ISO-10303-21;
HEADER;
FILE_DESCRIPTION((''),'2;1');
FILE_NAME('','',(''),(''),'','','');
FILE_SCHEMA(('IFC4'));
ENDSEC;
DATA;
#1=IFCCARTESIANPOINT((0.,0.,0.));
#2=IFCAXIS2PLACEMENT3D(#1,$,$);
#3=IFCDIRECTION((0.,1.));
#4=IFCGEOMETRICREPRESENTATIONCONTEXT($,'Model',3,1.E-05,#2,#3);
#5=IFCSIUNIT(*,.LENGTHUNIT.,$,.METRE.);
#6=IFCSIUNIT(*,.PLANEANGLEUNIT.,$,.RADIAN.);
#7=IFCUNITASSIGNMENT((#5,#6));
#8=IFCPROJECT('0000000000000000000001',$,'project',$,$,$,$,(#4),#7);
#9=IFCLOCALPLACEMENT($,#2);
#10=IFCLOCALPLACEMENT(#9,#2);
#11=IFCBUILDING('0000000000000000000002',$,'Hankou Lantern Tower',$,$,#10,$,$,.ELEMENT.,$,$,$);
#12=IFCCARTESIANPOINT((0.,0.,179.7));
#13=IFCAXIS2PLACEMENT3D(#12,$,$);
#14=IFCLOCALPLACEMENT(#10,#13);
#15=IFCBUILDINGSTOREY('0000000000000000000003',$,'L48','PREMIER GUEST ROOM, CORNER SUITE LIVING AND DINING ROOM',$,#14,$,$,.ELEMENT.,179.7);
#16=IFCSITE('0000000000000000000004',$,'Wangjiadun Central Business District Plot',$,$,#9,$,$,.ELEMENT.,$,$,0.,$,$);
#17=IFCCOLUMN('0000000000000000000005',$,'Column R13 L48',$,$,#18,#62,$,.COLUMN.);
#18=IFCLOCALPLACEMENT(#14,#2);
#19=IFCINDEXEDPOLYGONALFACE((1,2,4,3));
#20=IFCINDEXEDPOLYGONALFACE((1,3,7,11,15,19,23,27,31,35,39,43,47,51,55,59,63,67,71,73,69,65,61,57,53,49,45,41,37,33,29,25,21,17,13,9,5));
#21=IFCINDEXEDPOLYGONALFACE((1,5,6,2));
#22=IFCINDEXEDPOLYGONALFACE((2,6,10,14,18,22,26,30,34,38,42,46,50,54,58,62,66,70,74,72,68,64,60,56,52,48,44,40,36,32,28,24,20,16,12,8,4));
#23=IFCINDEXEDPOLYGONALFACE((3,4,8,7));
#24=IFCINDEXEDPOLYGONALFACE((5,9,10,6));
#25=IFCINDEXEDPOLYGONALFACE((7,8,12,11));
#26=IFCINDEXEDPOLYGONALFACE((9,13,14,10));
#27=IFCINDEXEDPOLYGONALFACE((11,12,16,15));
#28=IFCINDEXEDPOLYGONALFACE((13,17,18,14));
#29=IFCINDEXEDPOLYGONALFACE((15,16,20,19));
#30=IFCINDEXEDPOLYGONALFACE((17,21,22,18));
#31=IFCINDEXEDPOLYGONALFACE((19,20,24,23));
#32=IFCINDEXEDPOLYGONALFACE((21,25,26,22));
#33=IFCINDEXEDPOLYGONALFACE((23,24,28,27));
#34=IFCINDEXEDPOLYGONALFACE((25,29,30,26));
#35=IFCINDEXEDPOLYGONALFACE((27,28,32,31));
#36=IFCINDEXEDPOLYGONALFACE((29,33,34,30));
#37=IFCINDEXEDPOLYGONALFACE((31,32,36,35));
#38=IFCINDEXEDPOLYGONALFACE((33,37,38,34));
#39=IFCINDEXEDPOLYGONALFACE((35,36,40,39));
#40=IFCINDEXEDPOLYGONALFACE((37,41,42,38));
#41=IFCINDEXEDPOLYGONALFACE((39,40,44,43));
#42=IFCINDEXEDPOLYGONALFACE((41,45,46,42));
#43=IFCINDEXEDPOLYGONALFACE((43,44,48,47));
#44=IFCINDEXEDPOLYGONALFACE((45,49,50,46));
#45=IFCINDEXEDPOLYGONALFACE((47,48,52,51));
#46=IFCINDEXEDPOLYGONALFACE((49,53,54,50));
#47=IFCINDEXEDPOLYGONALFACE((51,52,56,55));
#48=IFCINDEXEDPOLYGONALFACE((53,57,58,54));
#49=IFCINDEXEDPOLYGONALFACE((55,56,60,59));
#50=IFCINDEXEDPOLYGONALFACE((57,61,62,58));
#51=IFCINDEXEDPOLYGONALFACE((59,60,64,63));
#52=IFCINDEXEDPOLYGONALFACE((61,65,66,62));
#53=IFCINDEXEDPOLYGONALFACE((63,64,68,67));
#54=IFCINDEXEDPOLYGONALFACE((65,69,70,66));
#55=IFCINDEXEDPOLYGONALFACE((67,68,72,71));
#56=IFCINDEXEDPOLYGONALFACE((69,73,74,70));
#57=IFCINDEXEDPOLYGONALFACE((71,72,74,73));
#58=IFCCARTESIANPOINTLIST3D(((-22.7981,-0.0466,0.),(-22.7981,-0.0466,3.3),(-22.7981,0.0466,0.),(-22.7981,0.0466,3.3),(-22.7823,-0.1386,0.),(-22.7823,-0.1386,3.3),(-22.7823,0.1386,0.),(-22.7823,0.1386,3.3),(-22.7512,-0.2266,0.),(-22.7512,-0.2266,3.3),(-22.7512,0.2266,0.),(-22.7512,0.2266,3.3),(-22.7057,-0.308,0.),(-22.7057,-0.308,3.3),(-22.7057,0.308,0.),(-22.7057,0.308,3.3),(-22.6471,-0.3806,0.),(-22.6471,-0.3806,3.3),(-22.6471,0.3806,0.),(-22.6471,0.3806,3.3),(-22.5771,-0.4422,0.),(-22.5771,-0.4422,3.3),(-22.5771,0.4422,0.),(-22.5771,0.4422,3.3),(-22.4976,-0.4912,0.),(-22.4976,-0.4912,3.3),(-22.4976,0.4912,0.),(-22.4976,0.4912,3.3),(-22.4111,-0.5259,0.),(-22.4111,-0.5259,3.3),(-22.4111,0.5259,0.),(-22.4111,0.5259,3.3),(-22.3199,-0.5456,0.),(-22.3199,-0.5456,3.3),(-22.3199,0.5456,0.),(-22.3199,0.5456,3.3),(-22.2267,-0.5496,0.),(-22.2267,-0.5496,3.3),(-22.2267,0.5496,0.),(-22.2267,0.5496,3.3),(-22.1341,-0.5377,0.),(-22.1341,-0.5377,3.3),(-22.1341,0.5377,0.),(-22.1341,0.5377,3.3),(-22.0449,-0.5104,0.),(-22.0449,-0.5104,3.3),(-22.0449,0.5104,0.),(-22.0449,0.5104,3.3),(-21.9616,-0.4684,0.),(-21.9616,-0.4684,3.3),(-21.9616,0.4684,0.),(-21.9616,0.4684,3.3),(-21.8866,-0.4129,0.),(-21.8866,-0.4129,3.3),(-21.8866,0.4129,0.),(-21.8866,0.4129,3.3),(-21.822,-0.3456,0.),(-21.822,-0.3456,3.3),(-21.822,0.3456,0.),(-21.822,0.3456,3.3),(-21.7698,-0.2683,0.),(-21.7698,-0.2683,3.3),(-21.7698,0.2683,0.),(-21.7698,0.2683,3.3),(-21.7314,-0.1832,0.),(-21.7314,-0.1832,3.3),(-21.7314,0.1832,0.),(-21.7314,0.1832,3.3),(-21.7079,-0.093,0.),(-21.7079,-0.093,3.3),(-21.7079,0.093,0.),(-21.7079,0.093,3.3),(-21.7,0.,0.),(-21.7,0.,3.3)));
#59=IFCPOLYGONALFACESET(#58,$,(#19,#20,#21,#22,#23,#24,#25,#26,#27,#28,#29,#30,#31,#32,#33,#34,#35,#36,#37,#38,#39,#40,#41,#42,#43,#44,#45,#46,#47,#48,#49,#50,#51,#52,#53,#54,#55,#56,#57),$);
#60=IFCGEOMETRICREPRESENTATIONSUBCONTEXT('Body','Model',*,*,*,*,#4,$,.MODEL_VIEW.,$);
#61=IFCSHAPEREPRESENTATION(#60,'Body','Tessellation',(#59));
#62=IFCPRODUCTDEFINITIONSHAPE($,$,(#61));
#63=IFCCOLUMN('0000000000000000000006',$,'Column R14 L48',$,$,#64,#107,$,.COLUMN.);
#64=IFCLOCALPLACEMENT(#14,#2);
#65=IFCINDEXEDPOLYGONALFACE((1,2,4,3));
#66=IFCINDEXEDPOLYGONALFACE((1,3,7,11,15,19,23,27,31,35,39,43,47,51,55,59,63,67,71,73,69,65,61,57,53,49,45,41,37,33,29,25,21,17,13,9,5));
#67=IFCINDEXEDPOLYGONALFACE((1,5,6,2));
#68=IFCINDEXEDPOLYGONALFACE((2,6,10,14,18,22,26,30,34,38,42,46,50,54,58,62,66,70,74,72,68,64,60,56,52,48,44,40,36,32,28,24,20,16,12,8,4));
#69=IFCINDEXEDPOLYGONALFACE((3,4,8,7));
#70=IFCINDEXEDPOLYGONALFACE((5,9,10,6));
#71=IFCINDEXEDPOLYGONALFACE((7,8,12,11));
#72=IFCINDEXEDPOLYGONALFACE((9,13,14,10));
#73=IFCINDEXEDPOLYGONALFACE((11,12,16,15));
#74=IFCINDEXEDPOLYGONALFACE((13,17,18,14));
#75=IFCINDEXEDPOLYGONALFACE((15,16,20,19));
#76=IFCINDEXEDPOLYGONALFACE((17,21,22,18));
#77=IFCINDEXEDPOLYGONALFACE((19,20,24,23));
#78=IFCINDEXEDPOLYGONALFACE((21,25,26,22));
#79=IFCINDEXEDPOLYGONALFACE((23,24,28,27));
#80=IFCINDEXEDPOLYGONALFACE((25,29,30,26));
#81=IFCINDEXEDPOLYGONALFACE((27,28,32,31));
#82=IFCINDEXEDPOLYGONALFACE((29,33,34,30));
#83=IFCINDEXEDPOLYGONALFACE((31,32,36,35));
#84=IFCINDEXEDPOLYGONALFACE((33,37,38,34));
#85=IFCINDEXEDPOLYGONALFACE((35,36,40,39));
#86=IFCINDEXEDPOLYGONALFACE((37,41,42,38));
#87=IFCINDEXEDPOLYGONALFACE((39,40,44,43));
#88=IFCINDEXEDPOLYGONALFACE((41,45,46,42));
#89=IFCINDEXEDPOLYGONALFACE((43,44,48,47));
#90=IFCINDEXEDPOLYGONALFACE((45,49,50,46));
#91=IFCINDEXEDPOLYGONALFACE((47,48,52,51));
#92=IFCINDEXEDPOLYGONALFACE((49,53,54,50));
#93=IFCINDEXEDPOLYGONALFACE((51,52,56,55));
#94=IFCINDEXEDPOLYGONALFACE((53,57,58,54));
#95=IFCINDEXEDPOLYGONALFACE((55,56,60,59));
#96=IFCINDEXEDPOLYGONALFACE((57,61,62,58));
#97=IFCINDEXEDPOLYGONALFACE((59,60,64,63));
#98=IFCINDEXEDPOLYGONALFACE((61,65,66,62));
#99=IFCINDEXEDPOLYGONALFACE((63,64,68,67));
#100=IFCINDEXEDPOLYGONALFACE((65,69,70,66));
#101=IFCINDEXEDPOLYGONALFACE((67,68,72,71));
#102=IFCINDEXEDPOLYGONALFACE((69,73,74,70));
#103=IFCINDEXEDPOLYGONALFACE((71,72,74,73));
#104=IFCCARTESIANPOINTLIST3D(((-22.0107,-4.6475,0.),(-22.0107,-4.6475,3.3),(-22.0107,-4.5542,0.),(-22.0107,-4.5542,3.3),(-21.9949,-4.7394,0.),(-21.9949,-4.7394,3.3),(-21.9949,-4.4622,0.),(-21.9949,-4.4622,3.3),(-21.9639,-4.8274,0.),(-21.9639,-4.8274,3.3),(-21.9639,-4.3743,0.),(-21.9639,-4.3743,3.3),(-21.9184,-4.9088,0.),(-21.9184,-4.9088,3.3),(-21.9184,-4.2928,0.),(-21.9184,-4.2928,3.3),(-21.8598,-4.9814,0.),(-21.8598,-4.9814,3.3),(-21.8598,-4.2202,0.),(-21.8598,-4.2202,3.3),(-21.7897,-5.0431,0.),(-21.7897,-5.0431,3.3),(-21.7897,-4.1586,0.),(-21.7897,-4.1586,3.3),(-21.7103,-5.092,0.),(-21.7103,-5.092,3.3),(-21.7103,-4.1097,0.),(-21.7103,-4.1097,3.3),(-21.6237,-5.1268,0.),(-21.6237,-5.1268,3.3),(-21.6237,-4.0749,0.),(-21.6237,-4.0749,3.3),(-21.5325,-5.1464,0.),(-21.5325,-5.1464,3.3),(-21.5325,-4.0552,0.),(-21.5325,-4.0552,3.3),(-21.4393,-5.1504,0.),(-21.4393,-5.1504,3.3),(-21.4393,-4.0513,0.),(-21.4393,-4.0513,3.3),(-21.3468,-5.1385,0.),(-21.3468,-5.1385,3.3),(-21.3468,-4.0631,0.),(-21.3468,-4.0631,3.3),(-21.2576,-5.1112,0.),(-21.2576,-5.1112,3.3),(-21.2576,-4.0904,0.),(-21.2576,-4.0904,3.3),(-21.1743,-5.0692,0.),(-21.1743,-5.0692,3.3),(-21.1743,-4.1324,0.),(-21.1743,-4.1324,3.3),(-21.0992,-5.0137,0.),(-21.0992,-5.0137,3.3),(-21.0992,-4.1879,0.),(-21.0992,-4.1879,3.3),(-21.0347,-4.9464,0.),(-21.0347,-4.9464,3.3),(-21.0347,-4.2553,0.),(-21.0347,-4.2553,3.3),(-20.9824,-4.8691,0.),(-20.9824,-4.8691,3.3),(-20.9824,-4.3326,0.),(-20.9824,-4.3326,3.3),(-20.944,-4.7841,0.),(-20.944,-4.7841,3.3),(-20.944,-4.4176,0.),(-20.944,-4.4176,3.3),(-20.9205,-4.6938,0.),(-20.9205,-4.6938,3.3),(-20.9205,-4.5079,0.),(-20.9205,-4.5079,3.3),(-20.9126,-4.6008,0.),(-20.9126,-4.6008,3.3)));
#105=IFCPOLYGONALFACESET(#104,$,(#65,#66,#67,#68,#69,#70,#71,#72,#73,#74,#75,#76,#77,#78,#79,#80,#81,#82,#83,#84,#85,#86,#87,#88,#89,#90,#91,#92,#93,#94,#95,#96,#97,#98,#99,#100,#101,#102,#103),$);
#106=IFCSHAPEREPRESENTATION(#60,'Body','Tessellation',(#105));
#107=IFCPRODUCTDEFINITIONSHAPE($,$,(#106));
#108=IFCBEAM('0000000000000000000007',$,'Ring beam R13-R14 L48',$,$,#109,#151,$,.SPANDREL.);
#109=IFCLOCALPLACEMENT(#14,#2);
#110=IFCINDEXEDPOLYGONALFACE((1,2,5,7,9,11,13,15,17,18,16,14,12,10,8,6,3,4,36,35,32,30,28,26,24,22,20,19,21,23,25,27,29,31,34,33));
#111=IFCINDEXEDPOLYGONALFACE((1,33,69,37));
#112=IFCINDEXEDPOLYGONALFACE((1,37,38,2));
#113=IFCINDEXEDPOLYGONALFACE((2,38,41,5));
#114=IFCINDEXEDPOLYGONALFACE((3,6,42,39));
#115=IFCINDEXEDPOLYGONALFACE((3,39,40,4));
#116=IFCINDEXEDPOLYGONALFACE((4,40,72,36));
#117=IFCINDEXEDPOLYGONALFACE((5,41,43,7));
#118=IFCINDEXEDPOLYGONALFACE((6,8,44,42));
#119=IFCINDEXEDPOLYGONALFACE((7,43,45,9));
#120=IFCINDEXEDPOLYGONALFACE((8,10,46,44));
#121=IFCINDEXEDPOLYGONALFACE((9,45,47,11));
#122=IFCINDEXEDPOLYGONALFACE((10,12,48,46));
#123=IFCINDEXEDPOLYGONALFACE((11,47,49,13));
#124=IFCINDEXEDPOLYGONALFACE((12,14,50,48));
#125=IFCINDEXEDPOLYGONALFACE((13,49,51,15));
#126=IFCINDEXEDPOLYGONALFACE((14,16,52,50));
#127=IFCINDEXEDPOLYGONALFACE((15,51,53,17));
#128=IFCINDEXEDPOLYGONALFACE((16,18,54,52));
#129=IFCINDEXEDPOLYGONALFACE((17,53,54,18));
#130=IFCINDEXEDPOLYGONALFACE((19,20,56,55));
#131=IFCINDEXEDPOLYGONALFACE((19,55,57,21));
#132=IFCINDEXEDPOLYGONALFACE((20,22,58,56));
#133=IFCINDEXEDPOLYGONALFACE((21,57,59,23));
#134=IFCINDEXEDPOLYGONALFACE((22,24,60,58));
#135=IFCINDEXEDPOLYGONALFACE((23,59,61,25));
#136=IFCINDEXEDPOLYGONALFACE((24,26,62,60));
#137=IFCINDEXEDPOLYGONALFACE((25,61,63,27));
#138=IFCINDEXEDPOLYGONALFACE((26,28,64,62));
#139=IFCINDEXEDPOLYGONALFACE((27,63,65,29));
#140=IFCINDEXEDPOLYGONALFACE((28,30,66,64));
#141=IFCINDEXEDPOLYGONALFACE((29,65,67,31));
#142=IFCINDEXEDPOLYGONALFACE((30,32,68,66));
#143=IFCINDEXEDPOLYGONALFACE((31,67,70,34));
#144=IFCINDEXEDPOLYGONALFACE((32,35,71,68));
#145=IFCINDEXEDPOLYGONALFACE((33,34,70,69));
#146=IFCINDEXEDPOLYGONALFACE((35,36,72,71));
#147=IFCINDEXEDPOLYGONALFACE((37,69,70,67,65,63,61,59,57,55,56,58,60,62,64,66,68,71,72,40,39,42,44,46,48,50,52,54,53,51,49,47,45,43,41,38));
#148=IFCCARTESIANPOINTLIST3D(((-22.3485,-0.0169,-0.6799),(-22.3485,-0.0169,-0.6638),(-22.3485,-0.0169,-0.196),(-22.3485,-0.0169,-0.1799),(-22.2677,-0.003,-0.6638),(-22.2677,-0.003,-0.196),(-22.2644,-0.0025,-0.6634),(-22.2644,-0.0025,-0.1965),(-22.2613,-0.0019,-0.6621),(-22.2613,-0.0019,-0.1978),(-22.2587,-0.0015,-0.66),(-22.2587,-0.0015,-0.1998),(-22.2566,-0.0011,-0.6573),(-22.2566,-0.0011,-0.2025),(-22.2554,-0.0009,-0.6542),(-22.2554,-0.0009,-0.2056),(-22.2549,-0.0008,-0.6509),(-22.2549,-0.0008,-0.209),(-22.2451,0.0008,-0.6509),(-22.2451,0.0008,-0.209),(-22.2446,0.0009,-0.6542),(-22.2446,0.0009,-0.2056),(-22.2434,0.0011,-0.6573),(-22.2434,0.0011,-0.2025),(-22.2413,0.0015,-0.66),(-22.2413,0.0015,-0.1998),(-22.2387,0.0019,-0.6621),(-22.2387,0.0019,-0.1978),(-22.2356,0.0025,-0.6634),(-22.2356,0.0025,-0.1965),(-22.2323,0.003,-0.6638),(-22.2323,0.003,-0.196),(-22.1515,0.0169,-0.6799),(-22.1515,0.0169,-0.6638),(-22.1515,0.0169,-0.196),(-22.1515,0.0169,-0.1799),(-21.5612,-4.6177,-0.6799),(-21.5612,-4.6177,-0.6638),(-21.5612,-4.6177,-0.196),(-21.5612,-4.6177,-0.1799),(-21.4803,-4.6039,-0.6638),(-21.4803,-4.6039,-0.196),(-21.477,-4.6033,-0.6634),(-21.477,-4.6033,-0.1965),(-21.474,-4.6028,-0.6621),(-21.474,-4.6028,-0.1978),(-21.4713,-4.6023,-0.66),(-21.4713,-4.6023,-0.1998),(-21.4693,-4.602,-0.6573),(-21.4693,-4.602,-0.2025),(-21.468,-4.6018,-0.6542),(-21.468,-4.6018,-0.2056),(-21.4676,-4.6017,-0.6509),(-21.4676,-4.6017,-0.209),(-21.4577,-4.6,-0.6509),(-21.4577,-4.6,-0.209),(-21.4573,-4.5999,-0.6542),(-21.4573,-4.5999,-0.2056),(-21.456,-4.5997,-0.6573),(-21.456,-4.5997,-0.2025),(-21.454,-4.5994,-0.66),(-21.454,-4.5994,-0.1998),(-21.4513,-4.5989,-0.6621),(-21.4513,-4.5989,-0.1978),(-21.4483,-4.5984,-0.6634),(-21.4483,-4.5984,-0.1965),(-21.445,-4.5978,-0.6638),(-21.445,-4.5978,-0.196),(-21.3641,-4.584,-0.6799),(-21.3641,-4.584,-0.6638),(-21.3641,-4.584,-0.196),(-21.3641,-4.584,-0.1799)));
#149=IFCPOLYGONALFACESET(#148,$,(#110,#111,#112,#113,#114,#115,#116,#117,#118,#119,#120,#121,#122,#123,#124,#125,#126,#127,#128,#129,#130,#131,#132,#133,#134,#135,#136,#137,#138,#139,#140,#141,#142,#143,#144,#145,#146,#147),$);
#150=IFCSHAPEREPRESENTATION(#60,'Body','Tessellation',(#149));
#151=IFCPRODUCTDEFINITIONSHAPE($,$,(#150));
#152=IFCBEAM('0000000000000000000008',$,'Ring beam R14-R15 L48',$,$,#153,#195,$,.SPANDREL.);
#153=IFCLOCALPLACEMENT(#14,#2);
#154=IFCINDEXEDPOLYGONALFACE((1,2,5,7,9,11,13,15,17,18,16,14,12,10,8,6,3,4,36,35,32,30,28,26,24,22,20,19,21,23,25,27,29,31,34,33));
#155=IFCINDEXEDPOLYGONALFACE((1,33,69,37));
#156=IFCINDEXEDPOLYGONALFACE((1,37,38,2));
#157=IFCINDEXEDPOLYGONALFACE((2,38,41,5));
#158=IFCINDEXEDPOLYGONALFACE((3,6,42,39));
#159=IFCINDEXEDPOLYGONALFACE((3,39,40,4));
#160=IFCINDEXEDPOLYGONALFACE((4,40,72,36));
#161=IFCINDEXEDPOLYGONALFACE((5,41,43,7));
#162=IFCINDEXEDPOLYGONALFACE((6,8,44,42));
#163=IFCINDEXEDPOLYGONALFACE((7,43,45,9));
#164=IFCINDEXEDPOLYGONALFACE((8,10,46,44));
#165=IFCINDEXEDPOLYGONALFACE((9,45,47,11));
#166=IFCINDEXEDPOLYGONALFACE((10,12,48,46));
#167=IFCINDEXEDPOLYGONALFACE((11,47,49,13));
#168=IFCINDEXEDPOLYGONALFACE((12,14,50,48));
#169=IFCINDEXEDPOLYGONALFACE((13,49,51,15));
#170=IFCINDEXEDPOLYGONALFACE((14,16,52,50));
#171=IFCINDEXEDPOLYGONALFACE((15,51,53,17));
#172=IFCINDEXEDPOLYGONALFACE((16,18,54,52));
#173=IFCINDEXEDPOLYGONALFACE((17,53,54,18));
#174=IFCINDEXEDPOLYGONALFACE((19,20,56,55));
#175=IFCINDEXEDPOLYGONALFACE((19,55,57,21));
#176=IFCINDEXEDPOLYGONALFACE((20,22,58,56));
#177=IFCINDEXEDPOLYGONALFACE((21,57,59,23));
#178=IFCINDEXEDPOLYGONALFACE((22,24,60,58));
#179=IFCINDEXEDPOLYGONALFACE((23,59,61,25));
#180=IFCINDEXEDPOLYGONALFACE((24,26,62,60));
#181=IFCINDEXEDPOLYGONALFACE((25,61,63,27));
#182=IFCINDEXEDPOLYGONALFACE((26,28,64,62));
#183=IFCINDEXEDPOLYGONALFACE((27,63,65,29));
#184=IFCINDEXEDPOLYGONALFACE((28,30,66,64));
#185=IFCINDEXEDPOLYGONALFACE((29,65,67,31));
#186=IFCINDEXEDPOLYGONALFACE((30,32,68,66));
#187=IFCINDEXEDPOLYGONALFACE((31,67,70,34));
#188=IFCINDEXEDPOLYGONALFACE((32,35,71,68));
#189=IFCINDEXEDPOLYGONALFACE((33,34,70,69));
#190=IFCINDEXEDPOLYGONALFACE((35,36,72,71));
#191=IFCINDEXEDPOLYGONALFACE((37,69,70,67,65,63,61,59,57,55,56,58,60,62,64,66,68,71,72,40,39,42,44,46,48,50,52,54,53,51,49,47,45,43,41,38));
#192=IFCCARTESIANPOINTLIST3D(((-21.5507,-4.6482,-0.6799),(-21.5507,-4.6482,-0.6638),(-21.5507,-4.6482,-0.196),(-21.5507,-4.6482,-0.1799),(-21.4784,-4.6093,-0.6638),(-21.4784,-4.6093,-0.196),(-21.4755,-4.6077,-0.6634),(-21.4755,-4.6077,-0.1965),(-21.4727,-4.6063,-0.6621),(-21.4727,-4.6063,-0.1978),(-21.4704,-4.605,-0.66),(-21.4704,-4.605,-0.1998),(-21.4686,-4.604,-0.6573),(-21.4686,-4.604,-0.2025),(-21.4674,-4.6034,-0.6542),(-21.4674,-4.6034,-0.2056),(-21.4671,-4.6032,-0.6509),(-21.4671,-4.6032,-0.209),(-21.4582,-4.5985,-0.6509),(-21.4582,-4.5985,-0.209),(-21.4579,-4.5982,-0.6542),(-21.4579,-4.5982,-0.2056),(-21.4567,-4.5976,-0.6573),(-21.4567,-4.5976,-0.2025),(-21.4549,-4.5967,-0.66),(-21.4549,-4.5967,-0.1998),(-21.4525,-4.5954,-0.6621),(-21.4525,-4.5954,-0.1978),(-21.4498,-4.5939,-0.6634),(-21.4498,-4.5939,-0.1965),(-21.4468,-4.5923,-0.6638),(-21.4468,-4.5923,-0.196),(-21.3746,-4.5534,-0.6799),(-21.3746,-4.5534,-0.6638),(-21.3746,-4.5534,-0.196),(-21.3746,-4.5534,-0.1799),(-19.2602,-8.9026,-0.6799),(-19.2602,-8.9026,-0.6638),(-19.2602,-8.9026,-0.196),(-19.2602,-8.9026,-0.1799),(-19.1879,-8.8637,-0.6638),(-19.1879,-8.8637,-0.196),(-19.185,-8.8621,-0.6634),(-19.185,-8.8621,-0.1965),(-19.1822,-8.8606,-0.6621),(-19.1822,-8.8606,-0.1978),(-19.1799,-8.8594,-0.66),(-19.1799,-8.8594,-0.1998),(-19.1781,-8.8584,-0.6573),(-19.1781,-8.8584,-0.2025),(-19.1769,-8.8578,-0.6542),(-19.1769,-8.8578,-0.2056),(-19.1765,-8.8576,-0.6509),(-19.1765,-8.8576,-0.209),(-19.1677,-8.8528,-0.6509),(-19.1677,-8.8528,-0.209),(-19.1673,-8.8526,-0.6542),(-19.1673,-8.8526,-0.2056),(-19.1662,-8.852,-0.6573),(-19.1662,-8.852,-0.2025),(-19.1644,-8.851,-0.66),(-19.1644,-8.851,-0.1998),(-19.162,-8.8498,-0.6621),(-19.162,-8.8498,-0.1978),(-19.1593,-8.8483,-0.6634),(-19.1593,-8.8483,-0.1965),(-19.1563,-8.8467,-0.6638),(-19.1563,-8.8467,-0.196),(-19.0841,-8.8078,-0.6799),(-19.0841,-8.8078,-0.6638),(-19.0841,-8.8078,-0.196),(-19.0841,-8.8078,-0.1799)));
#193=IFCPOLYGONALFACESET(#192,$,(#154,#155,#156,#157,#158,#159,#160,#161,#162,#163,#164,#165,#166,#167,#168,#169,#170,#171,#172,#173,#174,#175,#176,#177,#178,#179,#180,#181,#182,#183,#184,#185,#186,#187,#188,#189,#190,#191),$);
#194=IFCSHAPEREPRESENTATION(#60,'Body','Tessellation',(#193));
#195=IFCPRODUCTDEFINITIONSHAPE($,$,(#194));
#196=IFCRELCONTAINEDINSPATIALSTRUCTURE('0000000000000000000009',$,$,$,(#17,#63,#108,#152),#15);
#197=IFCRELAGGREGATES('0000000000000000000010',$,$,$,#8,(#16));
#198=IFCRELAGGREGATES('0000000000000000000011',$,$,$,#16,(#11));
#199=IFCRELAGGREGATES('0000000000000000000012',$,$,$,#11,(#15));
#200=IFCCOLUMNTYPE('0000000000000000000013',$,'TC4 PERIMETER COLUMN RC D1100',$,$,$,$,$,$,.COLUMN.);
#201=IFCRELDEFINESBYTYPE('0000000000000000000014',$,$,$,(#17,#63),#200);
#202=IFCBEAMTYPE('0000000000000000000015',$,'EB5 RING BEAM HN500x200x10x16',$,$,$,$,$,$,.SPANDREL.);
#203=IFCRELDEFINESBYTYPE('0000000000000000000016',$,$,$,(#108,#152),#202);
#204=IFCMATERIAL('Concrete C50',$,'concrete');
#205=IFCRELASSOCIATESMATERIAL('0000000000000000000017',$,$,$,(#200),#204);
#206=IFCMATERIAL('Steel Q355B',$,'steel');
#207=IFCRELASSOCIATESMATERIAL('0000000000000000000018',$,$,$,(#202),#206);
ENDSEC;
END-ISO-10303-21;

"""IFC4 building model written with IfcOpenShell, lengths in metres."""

from ifc_helpers import new_model, si_unit, direction, frame, origin, origin_2d, place, context, subcontext, project, spatial, circle, i_section, extrude, material, material_profile, profile_set, type_object, element, save


model = new_model("IFC4")

# Units and contexts
model_context = context("Model", 3, precision=1e-05, world=origin(), true_north=direction((0.0, 1.0)))
body_context = subcontext(model_context, "Body", "Model", "MODEL_VIEW")
ifc_project = project(units=[si_unit("LENGTHUNIT", "METRE"), si_unit("PLANEANGLEUNIT", "RADIAN")], contexts=[model_context])

# Site, building, storey
site_placement = place(None, origin())
site = spatial("IfcSite", under=ifc_project, at=site_placement, Name="Wangjiadun Central Business District Plot", CompositionType="ELEMENT", RefElevation=0.0)
building_placement = place(site_placement, origin())
building = spatial("IfcBuilding", under=site, at=building_placement, Name="Hankou Lantern Tower", CompositionType="ELEMENT")
storey_placement = place(building_placement, frame((0.0, 0.0, 179.7)))
storey = spatial("IfcBuildingStorey", under=building, at=storey_placement, Name="L48", Description="PREMIER GUEST ROOM, CORNER SUITE LIVING AND DINING ROOM", CompositionType="ELEMENT", Elevation=179.7)

# Columns
ifc_material_1 = material(Name="Concrete C50", Category="concrete")
ifc_material_profile_1 = material_profile(ifc_material_1, circle(Radius=0.55, at=origin_2d()), Name="RC D1100")
ifc_profile_set_1 = profile_set([ifc_material_profile_1], Name="Concrete C50")
column_type = type_object("IfcColumnType", Name="TC4 PERIMETER COLUMN RC D1100", PredefinedType="COLUMN", material=ifc_profile_set_1)
for number, where, z_axis, x_axis, name in (
    (1, (-22.25, 0.0, 0.0), (0.0, 0.0, 1.0), (1.0, 0.0, 0.0), "Column R13 L48"),
    (2, (-21.4626, -4.6008, 0.0), (0.0, 0.0, 1.0), (1.0, 0.0, 0.0), "Column R14 L48"),
):
    element("IfcColumn", number, at=place(storey_placement, frame(where, z_axis=z_axis, x_axis=x_axis)), inside=storey, type_object=column_type, Name=name, PredefinedType="COLUMN", context=body_context, shape_type="SweptSolid", body=[
        extrude(circle(Radius=0.55, at=origin_2d()), origin(), (0.0, 0.0, 1.0), 3.3),
    ])

# Beams
ifc_material_2 = material(Name="Steel Q355B", Category="steel")
ifc_material_profile_2 = material_profile(ifc_material_2, i_section(OverallWidth=0.2, OverallDepth=0.5, WebThickness=0.01, FlangeThickness=0.0161, FilletRadius=0.0129, at=origin_2d()), Name="HN500x200x10x16")
ifc_profile_set_2 = profile_set([ifc_material_profile_2], Name="Steel Q355B")
beam_type_1 = type_object("IfcBeamType", Name="EB5 RING BEAM HN500x200x10x16", PredefinedType="SPANDREL", material=ifc_profile_set_2)
beam_1_placement = place(storey_placement, frame((-22.25, 0.0, -0.4299), z_axis=(0.168681, -0.985671, 0.0), x_axis=(0.985671, 0.168681, 0.0)))
element("IfcBeam", 3, at=beam_1_placement, inside=storey, type_object=beam_type_1, Name="Ring beam R13-R14 L48", PredefinedType="SPANDREL", context=body_context, shape_type="SweptSolid", body=[
    extrude(i_section(OverallWidth=0.2, OverallDepth=0.5, WebThickness=0.01, FlangeThickness=0.0161, FilletRadius=0.0129, at=origin_2d()), origin(), (0.0, 0.0, 1.0), 4.6677),
])
beam_2_placement = place(storey_placement, frame((-21.4626, -4.6008, -0.4299), z_axis=(0.474052, -0.880497, 0.0), x_axis=(0.880497, 0.474052, 0.0)))
element("IfcBeam", 4, at=beam_2_placement, inside=storey, type_object=beam_type_1, Name="Ring beam R14-R15 L48", PredefinedType="SPANDREL", context=body_context, shape_type="SweptSolid", body=[
    extrude(i_section(OverallWidth=0.2, OverallDepth=0.5, WebThickness=0.01, FlangeThickness=0.0161, FilletRadius=0.0129, at=origin_2d()), origin(), (0.0, 0.0, 1.0), 4.8318),
])

save(model, "model.ifc")
